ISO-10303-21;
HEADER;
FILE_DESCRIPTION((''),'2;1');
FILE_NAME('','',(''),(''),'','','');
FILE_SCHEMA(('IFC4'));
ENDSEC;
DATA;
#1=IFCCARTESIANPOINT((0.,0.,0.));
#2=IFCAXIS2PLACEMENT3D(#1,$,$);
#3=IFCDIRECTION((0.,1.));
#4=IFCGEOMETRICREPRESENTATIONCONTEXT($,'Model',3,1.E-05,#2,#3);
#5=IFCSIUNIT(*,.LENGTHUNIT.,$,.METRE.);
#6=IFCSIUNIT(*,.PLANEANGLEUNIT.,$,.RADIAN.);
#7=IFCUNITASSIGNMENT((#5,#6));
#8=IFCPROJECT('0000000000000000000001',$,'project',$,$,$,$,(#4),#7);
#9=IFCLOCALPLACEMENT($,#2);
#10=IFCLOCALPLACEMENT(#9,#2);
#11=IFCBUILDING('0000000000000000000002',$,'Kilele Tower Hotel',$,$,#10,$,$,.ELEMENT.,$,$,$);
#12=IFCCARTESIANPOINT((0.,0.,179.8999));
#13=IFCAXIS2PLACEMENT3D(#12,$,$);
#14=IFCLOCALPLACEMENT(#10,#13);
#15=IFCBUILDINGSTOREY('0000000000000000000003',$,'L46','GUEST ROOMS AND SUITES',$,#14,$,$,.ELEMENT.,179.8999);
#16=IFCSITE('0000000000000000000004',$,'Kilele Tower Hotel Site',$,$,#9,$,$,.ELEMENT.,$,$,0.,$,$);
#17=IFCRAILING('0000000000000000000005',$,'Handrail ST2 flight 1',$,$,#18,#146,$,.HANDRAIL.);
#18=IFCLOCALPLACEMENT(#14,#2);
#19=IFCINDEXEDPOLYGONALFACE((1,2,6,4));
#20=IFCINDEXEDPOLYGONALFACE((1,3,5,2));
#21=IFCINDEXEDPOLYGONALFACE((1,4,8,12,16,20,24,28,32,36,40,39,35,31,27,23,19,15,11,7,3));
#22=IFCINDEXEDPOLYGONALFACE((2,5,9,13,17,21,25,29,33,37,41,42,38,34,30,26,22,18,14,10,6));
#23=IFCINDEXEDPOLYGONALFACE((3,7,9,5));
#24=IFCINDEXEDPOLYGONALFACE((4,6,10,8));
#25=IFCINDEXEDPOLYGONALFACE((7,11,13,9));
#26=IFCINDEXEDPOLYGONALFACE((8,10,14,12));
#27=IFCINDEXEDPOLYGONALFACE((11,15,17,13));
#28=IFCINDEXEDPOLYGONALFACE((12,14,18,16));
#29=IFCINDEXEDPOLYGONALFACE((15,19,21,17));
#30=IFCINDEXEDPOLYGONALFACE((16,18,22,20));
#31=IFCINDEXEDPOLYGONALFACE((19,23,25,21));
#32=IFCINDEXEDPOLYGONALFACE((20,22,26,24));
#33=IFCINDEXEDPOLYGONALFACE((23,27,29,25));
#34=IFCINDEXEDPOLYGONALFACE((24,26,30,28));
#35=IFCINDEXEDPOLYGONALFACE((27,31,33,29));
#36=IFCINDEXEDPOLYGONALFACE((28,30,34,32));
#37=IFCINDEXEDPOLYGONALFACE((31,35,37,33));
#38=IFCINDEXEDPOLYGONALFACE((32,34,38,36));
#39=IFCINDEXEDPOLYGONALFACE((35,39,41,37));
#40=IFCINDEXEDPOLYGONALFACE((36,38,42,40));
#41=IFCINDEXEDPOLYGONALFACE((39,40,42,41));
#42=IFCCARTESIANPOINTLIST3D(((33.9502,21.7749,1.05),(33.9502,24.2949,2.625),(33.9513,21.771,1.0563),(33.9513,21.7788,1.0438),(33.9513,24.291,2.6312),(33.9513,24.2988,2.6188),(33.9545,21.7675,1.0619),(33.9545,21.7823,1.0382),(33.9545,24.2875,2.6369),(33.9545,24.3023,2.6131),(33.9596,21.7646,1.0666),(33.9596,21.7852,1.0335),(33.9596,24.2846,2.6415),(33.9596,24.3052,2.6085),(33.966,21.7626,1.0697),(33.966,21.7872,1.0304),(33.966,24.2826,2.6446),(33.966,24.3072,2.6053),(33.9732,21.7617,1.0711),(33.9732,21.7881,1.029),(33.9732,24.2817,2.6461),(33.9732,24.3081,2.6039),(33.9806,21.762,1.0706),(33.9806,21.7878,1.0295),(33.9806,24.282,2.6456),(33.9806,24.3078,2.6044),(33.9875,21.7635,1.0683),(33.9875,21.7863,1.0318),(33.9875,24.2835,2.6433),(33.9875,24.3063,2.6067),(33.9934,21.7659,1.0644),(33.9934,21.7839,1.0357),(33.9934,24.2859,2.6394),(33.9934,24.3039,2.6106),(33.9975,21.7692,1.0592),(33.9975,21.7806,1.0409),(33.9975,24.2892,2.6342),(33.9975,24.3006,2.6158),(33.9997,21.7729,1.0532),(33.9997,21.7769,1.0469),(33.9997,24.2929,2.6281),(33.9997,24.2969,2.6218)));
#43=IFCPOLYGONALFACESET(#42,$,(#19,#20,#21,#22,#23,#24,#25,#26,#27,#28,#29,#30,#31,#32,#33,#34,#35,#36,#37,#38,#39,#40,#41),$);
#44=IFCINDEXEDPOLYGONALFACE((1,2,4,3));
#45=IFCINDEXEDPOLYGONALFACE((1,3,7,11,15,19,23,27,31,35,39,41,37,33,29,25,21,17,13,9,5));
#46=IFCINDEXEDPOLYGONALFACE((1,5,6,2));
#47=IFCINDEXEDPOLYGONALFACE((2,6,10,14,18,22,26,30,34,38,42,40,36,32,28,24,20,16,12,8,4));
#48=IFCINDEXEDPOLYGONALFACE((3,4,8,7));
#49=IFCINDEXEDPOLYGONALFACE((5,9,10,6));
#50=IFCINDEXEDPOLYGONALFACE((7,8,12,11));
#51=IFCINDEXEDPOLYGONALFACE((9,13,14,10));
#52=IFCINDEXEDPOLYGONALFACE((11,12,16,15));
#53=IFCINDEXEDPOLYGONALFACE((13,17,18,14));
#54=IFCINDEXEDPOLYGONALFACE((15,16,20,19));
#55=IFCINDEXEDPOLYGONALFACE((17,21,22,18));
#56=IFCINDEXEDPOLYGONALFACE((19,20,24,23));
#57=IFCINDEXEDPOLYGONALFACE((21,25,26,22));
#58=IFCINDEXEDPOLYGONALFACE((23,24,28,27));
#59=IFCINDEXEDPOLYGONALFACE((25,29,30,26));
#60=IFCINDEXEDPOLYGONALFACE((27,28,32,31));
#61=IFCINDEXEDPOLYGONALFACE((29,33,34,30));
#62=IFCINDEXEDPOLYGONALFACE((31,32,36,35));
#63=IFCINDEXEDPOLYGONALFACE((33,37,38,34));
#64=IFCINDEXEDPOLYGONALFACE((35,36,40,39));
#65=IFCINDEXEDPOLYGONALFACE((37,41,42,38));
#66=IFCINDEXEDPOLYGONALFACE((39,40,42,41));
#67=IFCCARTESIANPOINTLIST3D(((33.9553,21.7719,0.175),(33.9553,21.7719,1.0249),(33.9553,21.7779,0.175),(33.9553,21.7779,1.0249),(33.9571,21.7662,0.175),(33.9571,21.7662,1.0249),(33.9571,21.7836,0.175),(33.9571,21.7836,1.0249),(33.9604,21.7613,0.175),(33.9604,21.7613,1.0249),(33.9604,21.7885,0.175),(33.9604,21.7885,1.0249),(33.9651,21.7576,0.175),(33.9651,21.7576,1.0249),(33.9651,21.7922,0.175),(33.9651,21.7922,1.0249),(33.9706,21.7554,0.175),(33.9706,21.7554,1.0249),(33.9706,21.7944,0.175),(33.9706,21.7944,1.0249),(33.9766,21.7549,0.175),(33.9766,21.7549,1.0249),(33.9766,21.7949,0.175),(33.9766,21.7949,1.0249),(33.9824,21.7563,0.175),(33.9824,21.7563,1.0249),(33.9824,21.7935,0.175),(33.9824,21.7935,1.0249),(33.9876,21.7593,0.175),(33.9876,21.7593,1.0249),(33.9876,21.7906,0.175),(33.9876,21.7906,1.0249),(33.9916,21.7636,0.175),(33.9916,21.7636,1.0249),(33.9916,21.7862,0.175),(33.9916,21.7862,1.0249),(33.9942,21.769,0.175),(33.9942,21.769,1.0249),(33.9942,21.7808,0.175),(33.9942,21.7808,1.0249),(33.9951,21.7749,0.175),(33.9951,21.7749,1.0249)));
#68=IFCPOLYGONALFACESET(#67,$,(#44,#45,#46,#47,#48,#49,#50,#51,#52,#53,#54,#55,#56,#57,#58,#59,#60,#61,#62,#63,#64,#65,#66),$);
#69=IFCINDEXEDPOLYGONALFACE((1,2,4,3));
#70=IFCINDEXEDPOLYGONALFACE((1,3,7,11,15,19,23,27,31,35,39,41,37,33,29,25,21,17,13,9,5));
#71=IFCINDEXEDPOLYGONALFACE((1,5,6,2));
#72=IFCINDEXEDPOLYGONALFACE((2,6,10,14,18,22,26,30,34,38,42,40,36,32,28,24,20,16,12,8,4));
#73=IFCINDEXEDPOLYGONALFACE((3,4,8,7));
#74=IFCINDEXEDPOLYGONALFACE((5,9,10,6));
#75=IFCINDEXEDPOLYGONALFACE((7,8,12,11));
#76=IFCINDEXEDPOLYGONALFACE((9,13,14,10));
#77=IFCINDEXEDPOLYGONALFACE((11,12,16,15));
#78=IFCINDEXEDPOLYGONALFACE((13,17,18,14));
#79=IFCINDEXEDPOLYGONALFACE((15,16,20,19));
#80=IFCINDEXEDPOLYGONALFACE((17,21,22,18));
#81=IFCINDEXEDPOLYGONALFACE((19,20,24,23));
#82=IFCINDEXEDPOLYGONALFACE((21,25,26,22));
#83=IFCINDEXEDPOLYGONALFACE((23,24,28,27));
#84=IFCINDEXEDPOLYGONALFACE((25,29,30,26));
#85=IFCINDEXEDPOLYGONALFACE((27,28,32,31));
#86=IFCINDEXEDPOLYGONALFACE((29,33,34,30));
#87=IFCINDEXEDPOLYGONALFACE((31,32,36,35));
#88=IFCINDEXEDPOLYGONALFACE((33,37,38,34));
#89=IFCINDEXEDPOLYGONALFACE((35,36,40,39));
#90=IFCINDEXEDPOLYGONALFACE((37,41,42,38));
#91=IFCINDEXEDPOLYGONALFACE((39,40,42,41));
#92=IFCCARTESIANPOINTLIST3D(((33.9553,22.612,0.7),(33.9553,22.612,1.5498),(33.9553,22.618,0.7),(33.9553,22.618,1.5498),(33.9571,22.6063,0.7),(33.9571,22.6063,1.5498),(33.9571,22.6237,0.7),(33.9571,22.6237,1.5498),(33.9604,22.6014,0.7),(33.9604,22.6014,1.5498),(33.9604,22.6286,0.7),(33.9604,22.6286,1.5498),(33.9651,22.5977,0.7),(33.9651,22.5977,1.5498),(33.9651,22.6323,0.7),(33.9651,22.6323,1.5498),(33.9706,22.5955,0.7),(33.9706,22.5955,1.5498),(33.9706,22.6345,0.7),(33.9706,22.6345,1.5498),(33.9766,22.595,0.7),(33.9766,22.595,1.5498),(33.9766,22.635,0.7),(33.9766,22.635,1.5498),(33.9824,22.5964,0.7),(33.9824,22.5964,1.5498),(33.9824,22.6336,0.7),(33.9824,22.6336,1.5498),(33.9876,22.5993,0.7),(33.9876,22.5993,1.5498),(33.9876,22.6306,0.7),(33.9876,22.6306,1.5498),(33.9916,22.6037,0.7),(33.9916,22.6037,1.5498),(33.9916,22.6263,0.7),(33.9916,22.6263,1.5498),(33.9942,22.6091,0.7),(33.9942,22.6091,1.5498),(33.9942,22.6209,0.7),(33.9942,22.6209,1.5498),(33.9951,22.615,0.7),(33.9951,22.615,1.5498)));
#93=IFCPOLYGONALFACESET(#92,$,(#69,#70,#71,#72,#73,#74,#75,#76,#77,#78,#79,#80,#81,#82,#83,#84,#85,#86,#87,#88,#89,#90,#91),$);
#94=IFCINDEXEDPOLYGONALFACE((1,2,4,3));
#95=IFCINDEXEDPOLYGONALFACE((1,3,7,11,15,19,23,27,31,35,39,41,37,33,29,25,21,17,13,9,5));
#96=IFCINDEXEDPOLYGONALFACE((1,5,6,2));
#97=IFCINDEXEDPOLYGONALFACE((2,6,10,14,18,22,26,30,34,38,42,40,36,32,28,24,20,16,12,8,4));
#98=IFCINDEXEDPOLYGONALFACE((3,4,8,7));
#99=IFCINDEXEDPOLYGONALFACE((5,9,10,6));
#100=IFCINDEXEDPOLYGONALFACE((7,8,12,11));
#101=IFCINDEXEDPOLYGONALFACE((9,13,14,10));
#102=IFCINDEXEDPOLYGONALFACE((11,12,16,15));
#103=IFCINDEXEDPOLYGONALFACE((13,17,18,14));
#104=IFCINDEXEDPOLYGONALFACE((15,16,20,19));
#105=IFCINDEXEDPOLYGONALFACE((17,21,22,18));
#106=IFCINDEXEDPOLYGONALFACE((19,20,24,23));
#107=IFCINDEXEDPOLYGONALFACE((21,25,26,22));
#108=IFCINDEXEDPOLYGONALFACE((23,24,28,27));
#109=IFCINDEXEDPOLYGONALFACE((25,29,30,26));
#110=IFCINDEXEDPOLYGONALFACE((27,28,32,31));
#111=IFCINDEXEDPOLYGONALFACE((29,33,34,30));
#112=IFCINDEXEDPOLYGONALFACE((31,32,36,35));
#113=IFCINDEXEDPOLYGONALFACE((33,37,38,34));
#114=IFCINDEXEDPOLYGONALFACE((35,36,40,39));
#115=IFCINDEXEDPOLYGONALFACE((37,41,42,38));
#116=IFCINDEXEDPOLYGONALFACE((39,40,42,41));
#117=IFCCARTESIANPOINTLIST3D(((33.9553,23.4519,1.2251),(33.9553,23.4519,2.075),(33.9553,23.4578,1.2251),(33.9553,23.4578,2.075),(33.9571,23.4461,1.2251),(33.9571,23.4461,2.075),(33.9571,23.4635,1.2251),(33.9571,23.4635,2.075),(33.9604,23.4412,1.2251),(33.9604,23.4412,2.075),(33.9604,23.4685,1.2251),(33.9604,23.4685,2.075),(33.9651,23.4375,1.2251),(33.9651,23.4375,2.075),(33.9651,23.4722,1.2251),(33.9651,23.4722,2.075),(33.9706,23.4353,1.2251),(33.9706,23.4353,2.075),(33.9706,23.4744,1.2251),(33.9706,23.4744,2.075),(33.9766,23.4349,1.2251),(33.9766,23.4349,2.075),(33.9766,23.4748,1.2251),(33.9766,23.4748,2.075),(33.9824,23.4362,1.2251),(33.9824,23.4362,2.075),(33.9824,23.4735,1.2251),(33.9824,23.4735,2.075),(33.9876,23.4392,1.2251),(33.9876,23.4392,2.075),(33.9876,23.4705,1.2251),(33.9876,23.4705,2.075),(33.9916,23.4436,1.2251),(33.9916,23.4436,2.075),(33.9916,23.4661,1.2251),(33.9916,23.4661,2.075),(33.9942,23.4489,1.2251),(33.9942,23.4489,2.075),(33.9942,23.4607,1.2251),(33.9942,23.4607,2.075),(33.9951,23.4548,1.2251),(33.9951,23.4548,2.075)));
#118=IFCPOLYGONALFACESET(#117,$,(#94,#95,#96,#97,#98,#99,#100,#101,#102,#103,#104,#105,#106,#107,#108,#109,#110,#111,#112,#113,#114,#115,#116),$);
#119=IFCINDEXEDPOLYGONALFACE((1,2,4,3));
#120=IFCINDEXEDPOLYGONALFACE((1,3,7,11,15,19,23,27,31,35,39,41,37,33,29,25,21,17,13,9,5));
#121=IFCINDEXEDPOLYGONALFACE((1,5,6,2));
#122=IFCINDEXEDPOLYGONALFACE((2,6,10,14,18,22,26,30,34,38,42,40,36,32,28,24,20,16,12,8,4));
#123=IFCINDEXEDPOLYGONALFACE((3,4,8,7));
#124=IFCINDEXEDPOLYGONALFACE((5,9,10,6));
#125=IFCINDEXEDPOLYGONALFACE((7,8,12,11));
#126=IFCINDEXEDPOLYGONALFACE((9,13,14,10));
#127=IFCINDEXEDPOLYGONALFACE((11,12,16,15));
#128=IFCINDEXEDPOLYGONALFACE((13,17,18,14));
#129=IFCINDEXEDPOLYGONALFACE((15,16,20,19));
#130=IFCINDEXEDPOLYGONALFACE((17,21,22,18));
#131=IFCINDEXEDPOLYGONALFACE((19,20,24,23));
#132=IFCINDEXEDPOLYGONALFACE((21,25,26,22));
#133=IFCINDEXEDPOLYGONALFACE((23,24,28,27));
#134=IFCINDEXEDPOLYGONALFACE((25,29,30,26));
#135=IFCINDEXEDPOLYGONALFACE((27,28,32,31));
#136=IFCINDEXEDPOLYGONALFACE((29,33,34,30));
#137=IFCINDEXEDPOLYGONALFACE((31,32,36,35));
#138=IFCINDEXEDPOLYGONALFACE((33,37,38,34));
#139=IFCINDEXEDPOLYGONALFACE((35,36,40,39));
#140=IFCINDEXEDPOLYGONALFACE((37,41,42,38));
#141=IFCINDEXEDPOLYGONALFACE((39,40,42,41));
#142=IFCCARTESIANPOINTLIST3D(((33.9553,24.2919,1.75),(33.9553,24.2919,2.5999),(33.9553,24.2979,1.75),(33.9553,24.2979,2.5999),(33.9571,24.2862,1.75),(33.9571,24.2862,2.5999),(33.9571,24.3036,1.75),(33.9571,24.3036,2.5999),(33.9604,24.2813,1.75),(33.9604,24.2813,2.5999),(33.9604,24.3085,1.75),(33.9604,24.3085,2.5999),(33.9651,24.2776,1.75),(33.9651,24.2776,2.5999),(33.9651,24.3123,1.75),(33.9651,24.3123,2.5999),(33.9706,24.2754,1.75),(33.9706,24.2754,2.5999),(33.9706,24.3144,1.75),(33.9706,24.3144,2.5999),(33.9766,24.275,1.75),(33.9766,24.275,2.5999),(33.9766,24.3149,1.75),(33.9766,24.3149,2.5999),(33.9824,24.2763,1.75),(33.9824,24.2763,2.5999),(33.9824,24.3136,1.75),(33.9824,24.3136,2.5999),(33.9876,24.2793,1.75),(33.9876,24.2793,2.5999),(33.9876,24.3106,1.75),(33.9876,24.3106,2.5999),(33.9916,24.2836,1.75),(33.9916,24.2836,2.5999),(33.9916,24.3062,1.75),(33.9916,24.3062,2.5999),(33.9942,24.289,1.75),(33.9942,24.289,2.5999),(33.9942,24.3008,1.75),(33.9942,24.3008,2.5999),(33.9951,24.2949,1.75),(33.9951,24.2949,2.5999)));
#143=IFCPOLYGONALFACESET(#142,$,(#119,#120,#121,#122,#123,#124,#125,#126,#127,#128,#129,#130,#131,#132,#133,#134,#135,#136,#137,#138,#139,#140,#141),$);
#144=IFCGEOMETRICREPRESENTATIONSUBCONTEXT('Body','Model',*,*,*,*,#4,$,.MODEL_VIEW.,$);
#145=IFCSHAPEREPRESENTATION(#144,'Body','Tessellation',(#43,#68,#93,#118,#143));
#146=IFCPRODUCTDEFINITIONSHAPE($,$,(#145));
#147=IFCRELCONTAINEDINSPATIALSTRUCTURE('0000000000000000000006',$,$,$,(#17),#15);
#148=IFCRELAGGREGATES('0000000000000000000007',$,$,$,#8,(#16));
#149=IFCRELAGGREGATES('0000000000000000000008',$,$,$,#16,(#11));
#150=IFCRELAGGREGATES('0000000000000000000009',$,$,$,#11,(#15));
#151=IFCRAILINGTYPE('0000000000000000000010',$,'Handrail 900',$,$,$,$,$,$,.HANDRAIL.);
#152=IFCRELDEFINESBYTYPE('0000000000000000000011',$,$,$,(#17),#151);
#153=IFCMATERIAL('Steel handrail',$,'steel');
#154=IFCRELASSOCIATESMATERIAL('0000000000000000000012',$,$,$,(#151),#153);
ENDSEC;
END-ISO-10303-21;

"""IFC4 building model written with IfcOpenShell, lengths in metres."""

from ifc_helpers import new_model, si_unit, direction, frame, origin, origin_2d, place, context, subcontext, project, spatial, circle, extrude, material, type_object, element, save


model = new_model("IFC4")

# Units and contexts
model_context = context("Model", 3, precision=1e-05, world=origin(), true_north=direction((0.0, 1.0)))
body_context = subcontext(model_context, "Body", "Model", "MODEL_VIEW")
ifc_project = project(units=[si_unit("LENGTHUNIT", "METRE"), si_unit("PLANEANGLEUNIT", "RADIAN")], contexts=[model_context])

# Site, building, storey
site_placement = place(None, origin())
site = spatial("IfcSite", under=ifc_project, at=site_placement, Name="Kilele Tower Hotel Site", CompositionType="ELEMENT", RefElevation=0.0)
building_placement = place(site_placement, origin())
building = spatial("IfcBuilding", under=site, at=building_placement, Name="Kilele Tower Hotel", CompositionType="ELEMENT")
storey_placement = place(building_placement, frame((0.0, 0.0, 179.8999)))
storey = spatial("IfcBuildingStorey", under=building, at=storey_placement, Name="L46", Description="GUEST ROOMS AND SUITES", CompositionType="ELEMENT", Elevation=179.8999)

# Railing
ifc_material_1 = material(Name="Steel handrail", Category="steel")
railing_type_1 = type_object("IfcRailingType", Name="Handrail 900", PredefinedType="HANDRAIL", material=ifc_material_1)
for number, where, name in (
    (1, (33.9751, 21.7749, 0.175), "Handrail ST2 flight 1"),
):
    element("IfcRailing", number, at=place(storey_placement, frame(where)), inside=storey, type_object=railing_type_1, Name=name, PredefinedType="HANDRAIL", context=body_context, shape_type="SweptSolid", body=[
        extrude(circle(Radius=0.0249, at=origin_2d()), frame((0.0, 0.0, 0.875), z_axis=(0.0, 0.848008, 0.529984), x_axis=(-1.0, 0.0, 0.0)), (0.0, 0.0, 1.0), 2.9717),
        extrude(circle(Radius=0.02, at=origin_2d()), origin(), (0.0, 0.0, 1.0), 0.8499),
        extrude(circle(Radius=0.02, at=origin_2d()), frame((0.0, 0.8401, 0.5249)), (0.0, 0.0, 1.0), 0.8499),
        extrude(circle(Radius=0.02, at=origin_2d()), frame((0.0, 1.6799, 1.05)), (0.0, 0.0, 1.0), 0.8499),
        extrude(circle(Radius=0.02, at=origin_2d()), frame((0.0, 2.52, 1.575)), (0.0, 0.0, 1.0), 0.8499),
    ])

save(model, "model.ifc")
